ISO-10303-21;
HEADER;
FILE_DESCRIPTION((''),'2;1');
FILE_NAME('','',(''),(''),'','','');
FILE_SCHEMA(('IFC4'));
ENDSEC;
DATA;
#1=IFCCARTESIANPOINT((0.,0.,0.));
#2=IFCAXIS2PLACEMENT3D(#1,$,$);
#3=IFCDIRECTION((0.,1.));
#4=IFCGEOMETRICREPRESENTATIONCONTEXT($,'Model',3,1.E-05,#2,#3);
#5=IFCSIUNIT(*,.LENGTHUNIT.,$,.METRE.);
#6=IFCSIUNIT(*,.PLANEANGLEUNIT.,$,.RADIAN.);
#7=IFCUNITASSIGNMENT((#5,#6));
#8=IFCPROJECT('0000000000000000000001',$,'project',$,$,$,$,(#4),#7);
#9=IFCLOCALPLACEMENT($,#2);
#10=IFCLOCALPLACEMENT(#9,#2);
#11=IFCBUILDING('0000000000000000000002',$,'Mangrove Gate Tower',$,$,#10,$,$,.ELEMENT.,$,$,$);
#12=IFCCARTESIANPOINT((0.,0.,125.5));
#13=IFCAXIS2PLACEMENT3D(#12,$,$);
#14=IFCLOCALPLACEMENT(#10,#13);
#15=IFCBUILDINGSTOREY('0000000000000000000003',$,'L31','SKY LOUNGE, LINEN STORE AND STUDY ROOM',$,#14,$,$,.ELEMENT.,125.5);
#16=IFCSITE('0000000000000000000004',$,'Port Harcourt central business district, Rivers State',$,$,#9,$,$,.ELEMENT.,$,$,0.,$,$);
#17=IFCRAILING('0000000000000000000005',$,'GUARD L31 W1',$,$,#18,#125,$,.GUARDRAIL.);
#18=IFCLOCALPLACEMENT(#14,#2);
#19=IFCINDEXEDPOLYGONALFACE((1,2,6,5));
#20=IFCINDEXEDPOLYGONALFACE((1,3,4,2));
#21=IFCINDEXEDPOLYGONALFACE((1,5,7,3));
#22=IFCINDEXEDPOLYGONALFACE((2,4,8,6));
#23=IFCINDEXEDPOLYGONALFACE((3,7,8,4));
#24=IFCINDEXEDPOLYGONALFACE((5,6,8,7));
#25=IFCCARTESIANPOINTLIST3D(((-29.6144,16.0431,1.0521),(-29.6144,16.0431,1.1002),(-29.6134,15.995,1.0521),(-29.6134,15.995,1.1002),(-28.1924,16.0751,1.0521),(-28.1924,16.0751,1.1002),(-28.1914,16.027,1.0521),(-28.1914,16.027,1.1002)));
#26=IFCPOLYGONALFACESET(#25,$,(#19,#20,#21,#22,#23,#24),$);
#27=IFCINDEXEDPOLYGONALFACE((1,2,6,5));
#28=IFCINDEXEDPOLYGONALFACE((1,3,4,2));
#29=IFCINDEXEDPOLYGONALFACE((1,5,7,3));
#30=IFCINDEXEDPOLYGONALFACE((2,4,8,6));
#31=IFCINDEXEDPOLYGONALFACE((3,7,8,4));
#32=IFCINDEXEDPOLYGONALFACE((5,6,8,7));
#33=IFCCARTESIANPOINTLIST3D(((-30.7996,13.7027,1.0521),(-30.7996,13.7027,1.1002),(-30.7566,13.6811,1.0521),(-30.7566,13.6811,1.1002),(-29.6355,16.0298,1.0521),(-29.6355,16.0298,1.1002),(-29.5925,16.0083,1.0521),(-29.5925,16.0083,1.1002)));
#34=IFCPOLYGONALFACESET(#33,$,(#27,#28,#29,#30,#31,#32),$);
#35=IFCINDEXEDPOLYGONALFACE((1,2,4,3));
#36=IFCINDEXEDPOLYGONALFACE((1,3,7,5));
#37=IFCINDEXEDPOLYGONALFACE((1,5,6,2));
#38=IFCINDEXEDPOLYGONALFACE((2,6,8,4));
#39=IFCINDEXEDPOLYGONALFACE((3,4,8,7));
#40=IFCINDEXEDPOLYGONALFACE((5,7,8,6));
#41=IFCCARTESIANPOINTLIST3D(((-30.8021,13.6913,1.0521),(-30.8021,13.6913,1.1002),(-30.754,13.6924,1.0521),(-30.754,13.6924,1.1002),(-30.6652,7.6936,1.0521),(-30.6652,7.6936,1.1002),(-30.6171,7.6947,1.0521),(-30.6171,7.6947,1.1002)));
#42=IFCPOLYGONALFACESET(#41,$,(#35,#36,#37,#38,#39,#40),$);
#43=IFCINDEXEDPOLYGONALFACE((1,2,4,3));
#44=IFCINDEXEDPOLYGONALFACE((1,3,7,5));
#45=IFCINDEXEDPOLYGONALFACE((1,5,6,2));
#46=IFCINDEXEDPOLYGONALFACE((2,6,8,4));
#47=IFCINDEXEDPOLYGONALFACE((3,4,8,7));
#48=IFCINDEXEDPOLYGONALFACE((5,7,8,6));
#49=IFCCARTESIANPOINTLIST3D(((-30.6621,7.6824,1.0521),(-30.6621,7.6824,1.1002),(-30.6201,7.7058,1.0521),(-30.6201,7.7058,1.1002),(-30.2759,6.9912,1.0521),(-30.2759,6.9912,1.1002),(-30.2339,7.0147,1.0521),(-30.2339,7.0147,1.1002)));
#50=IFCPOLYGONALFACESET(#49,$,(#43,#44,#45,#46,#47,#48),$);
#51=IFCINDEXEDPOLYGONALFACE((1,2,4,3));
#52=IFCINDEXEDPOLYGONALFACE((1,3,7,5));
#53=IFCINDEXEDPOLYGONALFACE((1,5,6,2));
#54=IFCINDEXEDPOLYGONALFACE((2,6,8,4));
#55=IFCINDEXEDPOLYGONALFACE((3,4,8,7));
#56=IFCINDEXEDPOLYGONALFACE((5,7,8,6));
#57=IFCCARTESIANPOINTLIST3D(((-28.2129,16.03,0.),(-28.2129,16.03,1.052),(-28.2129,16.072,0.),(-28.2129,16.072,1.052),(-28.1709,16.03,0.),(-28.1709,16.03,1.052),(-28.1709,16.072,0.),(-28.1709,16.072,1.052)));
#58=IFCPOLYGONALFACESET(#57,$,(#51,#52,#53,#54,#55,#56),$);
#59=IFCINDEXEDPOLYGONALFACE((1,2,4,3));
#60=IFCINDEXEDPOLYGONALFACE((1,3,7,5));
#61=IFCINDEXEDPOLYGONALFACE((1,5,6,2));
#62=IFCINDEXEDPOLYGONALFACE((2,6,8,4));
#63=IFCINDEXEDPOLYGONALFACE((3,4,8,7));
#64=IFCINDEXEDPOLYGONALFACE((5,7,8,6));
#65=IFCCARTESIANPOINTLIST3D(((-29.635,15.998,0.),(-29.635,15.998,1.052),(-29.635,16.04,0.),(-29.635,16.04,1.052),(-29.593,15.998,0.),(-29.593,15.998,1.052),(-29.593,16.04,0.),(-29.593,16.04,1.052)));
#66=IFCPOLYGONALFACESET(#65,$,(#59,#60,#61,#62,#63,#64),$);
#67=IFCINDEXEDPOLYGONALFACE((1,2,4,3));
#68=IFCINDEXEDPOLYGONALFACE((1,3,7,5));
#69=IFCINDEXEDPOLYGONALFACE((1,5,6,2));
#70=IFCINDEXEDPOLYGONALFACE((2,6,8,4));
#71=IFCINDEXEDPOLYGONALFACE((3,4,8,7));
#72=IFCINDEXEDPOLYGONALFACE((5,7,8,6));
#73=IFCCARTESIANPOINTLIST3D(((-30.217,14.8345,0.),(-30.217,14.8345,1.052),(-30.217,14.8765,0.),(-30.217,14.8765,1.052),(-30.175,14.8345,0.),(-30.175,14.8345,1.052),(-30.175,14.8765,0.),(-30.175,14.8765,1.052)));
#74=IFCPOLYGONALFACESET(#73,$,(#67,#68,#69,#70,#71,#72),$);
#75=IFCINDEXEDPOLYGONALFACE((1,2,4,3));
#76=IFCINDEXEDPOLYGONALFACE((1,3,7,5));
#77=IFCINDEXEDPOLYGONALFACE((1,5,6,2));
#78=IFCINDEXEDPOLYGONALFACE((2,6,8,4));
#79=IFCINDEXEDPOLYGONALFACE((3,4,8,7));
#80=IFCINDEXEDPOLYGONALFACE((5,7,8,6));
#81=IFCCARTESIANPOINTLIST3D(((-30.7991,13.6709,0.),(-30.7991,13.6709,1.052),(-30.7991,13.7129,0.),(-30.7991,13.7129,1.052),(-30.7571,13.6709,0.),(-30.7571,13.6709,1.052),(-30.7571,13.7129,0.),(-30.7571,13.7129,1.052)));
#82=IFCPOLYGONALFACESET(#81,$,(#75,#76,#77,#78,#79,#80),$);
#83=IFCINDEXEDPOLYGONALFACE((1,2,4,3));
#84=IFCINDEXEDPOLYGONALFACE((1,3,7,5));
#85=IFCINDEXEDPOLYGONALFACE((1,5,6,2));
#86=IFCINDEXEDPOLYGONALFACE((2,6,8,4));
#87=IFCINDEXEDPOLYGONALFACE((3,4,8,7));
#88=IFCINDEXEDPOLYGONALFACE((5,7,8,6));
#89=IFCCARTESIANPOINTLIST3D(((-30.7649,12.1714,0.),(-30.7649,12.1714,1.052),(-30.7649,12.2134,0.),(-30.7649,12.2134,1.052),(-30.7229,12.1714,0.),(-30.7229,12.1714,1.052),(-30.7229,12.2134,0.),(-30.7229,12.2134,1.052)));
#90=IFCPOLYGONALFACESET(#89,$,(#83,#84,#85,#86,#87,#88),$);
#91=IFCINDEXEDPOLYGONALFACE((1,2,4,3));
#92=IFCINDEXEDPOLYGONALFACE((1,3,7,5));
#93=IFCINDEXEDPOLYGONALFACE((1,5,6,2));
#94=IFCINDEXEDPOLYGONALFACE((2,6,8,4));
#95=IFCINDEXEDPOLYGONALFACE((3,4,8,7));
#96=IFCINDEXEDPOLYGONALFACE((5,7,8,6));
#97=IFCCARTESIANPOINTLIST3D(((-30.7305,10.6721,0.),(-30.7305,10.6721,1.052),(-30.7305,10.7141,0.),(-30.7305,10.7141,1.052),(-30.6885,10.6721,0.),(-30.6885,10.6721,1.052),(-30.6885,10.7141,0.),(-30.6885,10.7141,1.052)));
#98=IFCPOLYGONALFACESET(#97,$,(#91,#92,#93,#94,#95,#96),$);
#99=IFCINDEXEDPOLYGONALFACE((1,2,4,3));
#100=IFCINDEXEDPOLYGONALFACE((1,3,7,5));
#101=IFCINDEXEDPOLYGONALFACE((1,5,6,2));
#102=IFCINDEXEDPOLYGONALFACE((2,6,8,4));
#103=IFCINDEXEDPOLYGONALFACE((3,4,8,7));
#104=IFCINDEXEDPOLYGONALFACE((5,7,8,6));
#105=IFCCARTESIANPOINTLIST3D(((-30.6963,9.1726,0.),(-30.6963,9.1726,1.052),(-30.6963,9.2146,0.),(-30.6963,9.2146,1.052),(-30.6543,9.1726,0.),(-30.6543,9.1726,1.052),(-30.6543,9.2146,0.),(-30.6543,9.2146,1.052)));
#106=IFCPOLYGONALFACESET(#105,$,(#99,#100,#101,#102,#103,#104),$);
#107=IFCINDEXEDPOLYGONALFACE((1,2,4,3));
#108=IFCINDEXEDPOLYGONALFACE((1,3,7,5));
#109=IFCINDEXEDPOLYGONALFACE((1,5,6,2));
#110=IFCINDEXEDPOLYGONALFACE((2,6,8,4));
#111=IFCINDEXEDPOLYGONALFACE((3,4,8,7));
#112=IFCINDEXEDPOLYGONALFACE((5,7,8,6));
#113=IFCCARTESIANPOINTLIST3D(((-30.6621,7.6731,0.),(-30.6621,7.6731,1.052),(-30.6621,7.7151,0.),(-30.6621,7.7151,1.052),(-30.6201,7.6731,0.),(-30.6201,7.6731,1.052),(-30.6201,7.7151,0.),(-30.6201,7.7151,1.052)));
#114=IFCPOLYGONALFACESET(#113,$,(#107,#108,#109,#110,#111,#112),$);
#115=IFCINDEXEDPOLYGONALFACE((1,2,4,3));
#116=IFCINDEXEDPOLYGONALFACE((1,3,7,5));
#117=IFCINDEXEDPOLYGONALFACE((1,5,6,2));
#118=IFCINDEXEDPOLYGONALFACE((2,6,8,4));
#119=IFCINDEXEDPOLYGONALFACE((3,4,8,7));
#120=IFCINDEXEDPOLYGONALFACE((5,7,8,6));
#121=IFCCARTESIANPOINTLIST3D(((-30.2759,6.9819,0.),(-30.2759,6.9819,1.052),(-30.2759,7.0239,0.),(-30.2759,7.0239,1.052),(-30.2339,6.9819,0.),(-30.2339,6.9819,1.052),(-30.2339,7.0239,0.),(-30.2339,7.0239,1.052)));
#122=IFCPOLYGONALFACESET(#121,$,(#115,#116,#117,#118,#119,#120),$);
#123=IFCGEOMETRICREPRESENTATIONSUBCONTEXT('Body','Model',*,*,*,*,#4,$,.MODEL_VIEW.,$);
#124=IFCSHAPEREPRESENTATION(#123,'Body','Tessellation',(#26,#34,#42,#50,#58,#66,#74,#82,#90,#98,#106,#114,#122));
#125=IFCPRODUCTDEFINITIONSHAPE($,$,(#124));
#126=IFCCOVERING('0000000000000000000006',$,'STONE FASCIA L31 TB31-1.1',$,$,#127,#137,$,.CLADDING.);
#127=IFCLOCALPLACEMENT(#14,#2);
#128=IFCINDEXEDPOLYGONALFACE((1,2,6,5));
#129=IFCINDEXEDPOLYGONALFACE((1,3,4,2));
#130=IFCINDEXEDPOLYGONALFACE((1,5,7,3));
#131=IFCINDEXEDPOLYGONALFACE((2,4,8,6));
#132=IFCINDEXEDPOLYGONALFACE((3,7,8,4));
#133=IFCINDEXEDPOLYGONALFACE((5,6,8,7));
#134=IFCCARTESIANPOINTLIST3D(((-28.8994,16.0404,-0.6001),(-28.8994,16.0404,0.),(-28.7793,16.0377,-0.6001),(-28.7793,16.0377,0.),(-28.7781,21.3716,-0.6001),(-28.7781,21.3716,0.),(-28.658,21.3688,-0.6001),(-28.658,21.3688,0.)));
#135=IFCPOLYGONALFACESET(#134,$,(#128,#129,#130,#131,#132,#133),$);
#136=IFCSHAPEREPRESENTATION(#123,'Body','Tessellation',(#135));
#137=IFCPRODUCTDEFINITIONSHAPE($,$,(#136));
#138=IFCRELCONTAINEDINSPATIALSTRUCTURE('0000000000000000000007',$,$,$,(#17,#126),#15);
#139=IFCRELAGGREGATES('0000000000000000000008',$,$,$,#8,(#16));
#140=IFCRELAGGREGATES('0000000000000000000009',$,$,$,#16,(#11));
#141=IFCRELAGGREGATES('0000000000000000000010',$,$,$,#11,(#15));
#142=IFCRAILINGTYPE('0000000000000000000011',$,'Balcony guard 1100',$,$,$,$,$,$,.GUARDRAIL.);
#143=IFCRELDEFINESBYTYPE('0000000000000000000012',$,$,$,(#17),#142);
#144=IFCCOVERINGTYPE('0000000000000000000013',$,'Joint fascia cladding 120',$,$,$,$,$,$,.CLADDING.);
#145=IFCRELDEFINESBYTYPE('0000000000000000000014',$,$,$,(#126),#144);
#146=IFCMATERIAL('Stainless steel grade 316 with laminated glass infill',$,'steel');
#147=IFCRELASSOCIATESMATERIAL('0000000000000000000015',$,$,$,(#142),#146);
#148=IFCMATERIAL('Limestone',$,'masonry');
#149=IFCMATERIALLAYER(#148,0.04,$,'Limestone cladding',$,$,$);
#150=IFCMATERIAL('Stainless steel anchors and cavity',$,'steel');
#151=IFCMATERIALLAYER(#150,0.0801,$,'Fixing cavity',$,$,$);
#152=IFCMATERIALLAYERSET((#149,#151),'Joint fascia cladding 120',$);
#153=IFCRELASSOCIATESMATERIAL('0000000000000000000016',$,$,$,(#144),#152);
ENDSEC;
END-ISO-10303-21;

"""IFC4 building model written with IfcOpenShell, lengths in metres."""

from ifc_helpers import new_model, si_unit, direction, frame, frame_2d, origin, origin_2d, place, context, subcontext, project, spatial, rectangle, extrude, material, layer, layer_set, type_object, element, save


model = new_model("IFC4")

# Units and contexts
model_context = context("Model", 3, precision=1e-05, world=origin(), true_north=direction((0.0, 1.0)))
body_context = subcontext(model_context, "Body", "Model", "MODEL_VIEW")
ifc_project = project(units=[si_unit("LENGTHUNIT", "METRE"), si_unit("PLANEANGLEUNIT", "RADIAN")], contexts=[model_context])

# Site, building, storey
site_placement = place(None, origin())
site = spatial("IfcSite", under=ifc_project, at=site_placement, Name="Port Harcourt central business district, Rivers State", CompositionType="ELEMENT", RefElevation=0.0)
building_placement = place(site_placement, origin())
building = spatial("IfcBuilding", under=site, at=building_placement, Name="Mangrove Gate Tower", CompositionType="ELEMENT")
storey_placement = place(building_placement, frame((0.0, 0.0, 125.5)))
storey = spatial("IfcBuildingStorey", under=building, at=storey_placement, Name="L31", Description="SKY LOUNGE, LINEN STORE AND STUDY ROOM", CompositionType="ELEMENT", Elevation=125.5)

# Shared definitions
ifc_material_1 = material(Name="Limestone", Category="masonry")

# Railing
ifc_material_2 = material(Name="Stainless steel grade 316 with laminated glass infill", Category="steel")
railing_type = type_object("IfcRailingType", Name="Balcony guard 1100", PredefinedType="GUARDRAIL", material=ifc_material_2)
railing_1_placement = place(storey_placement, frame((-28.1919, 16.051, 0.0)))
element("IfcRailing", 1, at=railing_1_placement, inside=storey, type_object=railing_type, Name="GUARD L31 W1", PredefinedType="GUARDRAIL", context=body_context, shape_type="SweptSolid", body=[
    extrude(rectangle(XDim=0.0481, YDim=0.0481, at=origin_2d()), frame((0.0, 0.0, 1.0762), z_axis=(-0.999747, -0.022484, 0.0), x_axis=(0.022484, -0.999747, 0.0)), (0.0, 0.0, 1.0), 1.4224),
    extrude(rectangle(XDim=0.0481, YDim=0.0481, at=origin_2d()), frame((-1.4221, -0.032, 1.0762), z_axis=(-0.447364, -0.894352, 0.0), x_axis=(0.894352, -0.447364, 0.0)), (0.0, 0.0, 1.0), 2.6021),
    extrude(rectangle(XDim=0.0481, YDim=0.0481, at=origin_2d()), frame((-2.5862, -2.3591, 1.0762), z_axis=(0.02283, -0.999739, 0.0), x_axis=(0.999739, 0.02283, 0.0)), (0.0, 0.0, 1.0), 5.9993),
    extrude(rectangle(XDim=0.0481, YDim=0.0481, at=origin_2d()), frame((-2.4492, -8.3569, 1.0762), z_axis=(0.487814, -0.872947, 0.0), x_axis=(0.872947, 0.487814, 0.0)), (0.0, 0.0, 1.0), 0.7917),
    extrude(rectangle(XDim=0.042, YDim=0.042, at=origin_2d()), origin(), (0.0, 0.0, 1.0), 1.052),
    extrude(rectangle(XDim=0.042, YDim=0.042, at=origin_2d()), frame((-1.4221, -0.032, 0.0)), (0.0, 0.0, 1.0), 1.052),
    extrude(rectangle(XDim=0.042, YDim=0.042, at=origin_2d()), frame((-2.0042, -1.1956, 0.0)), (0.0, 0.0, 1.0), 1.052),
    extrude(rectangle(XDim=0.042, YDim=0.042, at=origin_2d()), frame((-2.5862, -2.3591, 0.0)), (0.0, 0.0, 1.0), 1.052),
    extrude(rectangle(XDim=0.042, YDim=0.042, at=origin_2d()), frame((-2.552, -3.8586, 0.0)), (0.0, 0.0, 1.0), 1.052),
    extrude(rectangle(XDim=0.042, YDim=0.042, at=origin_2d()), frame((-2.5176, -5.3579, 0.0)), (0.0, 0.0, 1.0), 1.052),
    extrude(rectangle(XDim=0.042, YDim=0.042, at=origin_2d()), frame((-2.4834, -6.8574, 0.0)), (0.0, 0.0, 1.0), 1.052),
    extrude(rectangle(XDim=0.042, YDim=0.042, at=origin_2d()), frame((-2.4492, -8.3569, 0.0)), (0.0, 0.0, 1.0), 1.052),
    extrude(rectangle(XDim=0.042, YDim=0.042, at=origin_2d()), frame((-2.063, -9.0481, 0.0)), (0.0, 0.0, 1.0), 1.052),
])

# Covering
ifc_layer_1 = layer(ifc_material_1, 0.04, Name="Limestone cladding")
ifc_material_3 = material(Name="Stainless steel anchors and cavity", Category="steel")
ifc_layer_2 = layer(ifc_material_3, 0.0801, Name="Fixing cavity")
ifc_layer_set_1 = layer_set([ifc_layer_1, ifc_layer_2], Name="Joint fascia cladding 120")
covering_type = type_object("IfcCoveringType", Name="Joint fascia cladding 120", PredefinedType="CLADDING", material=ifc_layer_set_1)
covering_placement = place(storey_placement, frame((-28.8394, 16.0391, -0.6001), z_axis=(0.0, 0.0, 1.0), x_axis=(0.022755, 0.999741, 0.0)))
element("IfcCovering", 2, at=covering_placement, inside=storey, type_object=covering_type, Name="STONE FASCIA L31 TB31-1.1", PredefinedType="CLADDING", context=body_context, shape_type="SweptSolid", body=[
    extrude(rectangle(XDim=5.3325, YDim=0.1201, at=frame_2d((2.6663, 0.0))), origin(), (0.0, 0.0, 1.0), 0.6001),
])

save(model, "model.ifc")
